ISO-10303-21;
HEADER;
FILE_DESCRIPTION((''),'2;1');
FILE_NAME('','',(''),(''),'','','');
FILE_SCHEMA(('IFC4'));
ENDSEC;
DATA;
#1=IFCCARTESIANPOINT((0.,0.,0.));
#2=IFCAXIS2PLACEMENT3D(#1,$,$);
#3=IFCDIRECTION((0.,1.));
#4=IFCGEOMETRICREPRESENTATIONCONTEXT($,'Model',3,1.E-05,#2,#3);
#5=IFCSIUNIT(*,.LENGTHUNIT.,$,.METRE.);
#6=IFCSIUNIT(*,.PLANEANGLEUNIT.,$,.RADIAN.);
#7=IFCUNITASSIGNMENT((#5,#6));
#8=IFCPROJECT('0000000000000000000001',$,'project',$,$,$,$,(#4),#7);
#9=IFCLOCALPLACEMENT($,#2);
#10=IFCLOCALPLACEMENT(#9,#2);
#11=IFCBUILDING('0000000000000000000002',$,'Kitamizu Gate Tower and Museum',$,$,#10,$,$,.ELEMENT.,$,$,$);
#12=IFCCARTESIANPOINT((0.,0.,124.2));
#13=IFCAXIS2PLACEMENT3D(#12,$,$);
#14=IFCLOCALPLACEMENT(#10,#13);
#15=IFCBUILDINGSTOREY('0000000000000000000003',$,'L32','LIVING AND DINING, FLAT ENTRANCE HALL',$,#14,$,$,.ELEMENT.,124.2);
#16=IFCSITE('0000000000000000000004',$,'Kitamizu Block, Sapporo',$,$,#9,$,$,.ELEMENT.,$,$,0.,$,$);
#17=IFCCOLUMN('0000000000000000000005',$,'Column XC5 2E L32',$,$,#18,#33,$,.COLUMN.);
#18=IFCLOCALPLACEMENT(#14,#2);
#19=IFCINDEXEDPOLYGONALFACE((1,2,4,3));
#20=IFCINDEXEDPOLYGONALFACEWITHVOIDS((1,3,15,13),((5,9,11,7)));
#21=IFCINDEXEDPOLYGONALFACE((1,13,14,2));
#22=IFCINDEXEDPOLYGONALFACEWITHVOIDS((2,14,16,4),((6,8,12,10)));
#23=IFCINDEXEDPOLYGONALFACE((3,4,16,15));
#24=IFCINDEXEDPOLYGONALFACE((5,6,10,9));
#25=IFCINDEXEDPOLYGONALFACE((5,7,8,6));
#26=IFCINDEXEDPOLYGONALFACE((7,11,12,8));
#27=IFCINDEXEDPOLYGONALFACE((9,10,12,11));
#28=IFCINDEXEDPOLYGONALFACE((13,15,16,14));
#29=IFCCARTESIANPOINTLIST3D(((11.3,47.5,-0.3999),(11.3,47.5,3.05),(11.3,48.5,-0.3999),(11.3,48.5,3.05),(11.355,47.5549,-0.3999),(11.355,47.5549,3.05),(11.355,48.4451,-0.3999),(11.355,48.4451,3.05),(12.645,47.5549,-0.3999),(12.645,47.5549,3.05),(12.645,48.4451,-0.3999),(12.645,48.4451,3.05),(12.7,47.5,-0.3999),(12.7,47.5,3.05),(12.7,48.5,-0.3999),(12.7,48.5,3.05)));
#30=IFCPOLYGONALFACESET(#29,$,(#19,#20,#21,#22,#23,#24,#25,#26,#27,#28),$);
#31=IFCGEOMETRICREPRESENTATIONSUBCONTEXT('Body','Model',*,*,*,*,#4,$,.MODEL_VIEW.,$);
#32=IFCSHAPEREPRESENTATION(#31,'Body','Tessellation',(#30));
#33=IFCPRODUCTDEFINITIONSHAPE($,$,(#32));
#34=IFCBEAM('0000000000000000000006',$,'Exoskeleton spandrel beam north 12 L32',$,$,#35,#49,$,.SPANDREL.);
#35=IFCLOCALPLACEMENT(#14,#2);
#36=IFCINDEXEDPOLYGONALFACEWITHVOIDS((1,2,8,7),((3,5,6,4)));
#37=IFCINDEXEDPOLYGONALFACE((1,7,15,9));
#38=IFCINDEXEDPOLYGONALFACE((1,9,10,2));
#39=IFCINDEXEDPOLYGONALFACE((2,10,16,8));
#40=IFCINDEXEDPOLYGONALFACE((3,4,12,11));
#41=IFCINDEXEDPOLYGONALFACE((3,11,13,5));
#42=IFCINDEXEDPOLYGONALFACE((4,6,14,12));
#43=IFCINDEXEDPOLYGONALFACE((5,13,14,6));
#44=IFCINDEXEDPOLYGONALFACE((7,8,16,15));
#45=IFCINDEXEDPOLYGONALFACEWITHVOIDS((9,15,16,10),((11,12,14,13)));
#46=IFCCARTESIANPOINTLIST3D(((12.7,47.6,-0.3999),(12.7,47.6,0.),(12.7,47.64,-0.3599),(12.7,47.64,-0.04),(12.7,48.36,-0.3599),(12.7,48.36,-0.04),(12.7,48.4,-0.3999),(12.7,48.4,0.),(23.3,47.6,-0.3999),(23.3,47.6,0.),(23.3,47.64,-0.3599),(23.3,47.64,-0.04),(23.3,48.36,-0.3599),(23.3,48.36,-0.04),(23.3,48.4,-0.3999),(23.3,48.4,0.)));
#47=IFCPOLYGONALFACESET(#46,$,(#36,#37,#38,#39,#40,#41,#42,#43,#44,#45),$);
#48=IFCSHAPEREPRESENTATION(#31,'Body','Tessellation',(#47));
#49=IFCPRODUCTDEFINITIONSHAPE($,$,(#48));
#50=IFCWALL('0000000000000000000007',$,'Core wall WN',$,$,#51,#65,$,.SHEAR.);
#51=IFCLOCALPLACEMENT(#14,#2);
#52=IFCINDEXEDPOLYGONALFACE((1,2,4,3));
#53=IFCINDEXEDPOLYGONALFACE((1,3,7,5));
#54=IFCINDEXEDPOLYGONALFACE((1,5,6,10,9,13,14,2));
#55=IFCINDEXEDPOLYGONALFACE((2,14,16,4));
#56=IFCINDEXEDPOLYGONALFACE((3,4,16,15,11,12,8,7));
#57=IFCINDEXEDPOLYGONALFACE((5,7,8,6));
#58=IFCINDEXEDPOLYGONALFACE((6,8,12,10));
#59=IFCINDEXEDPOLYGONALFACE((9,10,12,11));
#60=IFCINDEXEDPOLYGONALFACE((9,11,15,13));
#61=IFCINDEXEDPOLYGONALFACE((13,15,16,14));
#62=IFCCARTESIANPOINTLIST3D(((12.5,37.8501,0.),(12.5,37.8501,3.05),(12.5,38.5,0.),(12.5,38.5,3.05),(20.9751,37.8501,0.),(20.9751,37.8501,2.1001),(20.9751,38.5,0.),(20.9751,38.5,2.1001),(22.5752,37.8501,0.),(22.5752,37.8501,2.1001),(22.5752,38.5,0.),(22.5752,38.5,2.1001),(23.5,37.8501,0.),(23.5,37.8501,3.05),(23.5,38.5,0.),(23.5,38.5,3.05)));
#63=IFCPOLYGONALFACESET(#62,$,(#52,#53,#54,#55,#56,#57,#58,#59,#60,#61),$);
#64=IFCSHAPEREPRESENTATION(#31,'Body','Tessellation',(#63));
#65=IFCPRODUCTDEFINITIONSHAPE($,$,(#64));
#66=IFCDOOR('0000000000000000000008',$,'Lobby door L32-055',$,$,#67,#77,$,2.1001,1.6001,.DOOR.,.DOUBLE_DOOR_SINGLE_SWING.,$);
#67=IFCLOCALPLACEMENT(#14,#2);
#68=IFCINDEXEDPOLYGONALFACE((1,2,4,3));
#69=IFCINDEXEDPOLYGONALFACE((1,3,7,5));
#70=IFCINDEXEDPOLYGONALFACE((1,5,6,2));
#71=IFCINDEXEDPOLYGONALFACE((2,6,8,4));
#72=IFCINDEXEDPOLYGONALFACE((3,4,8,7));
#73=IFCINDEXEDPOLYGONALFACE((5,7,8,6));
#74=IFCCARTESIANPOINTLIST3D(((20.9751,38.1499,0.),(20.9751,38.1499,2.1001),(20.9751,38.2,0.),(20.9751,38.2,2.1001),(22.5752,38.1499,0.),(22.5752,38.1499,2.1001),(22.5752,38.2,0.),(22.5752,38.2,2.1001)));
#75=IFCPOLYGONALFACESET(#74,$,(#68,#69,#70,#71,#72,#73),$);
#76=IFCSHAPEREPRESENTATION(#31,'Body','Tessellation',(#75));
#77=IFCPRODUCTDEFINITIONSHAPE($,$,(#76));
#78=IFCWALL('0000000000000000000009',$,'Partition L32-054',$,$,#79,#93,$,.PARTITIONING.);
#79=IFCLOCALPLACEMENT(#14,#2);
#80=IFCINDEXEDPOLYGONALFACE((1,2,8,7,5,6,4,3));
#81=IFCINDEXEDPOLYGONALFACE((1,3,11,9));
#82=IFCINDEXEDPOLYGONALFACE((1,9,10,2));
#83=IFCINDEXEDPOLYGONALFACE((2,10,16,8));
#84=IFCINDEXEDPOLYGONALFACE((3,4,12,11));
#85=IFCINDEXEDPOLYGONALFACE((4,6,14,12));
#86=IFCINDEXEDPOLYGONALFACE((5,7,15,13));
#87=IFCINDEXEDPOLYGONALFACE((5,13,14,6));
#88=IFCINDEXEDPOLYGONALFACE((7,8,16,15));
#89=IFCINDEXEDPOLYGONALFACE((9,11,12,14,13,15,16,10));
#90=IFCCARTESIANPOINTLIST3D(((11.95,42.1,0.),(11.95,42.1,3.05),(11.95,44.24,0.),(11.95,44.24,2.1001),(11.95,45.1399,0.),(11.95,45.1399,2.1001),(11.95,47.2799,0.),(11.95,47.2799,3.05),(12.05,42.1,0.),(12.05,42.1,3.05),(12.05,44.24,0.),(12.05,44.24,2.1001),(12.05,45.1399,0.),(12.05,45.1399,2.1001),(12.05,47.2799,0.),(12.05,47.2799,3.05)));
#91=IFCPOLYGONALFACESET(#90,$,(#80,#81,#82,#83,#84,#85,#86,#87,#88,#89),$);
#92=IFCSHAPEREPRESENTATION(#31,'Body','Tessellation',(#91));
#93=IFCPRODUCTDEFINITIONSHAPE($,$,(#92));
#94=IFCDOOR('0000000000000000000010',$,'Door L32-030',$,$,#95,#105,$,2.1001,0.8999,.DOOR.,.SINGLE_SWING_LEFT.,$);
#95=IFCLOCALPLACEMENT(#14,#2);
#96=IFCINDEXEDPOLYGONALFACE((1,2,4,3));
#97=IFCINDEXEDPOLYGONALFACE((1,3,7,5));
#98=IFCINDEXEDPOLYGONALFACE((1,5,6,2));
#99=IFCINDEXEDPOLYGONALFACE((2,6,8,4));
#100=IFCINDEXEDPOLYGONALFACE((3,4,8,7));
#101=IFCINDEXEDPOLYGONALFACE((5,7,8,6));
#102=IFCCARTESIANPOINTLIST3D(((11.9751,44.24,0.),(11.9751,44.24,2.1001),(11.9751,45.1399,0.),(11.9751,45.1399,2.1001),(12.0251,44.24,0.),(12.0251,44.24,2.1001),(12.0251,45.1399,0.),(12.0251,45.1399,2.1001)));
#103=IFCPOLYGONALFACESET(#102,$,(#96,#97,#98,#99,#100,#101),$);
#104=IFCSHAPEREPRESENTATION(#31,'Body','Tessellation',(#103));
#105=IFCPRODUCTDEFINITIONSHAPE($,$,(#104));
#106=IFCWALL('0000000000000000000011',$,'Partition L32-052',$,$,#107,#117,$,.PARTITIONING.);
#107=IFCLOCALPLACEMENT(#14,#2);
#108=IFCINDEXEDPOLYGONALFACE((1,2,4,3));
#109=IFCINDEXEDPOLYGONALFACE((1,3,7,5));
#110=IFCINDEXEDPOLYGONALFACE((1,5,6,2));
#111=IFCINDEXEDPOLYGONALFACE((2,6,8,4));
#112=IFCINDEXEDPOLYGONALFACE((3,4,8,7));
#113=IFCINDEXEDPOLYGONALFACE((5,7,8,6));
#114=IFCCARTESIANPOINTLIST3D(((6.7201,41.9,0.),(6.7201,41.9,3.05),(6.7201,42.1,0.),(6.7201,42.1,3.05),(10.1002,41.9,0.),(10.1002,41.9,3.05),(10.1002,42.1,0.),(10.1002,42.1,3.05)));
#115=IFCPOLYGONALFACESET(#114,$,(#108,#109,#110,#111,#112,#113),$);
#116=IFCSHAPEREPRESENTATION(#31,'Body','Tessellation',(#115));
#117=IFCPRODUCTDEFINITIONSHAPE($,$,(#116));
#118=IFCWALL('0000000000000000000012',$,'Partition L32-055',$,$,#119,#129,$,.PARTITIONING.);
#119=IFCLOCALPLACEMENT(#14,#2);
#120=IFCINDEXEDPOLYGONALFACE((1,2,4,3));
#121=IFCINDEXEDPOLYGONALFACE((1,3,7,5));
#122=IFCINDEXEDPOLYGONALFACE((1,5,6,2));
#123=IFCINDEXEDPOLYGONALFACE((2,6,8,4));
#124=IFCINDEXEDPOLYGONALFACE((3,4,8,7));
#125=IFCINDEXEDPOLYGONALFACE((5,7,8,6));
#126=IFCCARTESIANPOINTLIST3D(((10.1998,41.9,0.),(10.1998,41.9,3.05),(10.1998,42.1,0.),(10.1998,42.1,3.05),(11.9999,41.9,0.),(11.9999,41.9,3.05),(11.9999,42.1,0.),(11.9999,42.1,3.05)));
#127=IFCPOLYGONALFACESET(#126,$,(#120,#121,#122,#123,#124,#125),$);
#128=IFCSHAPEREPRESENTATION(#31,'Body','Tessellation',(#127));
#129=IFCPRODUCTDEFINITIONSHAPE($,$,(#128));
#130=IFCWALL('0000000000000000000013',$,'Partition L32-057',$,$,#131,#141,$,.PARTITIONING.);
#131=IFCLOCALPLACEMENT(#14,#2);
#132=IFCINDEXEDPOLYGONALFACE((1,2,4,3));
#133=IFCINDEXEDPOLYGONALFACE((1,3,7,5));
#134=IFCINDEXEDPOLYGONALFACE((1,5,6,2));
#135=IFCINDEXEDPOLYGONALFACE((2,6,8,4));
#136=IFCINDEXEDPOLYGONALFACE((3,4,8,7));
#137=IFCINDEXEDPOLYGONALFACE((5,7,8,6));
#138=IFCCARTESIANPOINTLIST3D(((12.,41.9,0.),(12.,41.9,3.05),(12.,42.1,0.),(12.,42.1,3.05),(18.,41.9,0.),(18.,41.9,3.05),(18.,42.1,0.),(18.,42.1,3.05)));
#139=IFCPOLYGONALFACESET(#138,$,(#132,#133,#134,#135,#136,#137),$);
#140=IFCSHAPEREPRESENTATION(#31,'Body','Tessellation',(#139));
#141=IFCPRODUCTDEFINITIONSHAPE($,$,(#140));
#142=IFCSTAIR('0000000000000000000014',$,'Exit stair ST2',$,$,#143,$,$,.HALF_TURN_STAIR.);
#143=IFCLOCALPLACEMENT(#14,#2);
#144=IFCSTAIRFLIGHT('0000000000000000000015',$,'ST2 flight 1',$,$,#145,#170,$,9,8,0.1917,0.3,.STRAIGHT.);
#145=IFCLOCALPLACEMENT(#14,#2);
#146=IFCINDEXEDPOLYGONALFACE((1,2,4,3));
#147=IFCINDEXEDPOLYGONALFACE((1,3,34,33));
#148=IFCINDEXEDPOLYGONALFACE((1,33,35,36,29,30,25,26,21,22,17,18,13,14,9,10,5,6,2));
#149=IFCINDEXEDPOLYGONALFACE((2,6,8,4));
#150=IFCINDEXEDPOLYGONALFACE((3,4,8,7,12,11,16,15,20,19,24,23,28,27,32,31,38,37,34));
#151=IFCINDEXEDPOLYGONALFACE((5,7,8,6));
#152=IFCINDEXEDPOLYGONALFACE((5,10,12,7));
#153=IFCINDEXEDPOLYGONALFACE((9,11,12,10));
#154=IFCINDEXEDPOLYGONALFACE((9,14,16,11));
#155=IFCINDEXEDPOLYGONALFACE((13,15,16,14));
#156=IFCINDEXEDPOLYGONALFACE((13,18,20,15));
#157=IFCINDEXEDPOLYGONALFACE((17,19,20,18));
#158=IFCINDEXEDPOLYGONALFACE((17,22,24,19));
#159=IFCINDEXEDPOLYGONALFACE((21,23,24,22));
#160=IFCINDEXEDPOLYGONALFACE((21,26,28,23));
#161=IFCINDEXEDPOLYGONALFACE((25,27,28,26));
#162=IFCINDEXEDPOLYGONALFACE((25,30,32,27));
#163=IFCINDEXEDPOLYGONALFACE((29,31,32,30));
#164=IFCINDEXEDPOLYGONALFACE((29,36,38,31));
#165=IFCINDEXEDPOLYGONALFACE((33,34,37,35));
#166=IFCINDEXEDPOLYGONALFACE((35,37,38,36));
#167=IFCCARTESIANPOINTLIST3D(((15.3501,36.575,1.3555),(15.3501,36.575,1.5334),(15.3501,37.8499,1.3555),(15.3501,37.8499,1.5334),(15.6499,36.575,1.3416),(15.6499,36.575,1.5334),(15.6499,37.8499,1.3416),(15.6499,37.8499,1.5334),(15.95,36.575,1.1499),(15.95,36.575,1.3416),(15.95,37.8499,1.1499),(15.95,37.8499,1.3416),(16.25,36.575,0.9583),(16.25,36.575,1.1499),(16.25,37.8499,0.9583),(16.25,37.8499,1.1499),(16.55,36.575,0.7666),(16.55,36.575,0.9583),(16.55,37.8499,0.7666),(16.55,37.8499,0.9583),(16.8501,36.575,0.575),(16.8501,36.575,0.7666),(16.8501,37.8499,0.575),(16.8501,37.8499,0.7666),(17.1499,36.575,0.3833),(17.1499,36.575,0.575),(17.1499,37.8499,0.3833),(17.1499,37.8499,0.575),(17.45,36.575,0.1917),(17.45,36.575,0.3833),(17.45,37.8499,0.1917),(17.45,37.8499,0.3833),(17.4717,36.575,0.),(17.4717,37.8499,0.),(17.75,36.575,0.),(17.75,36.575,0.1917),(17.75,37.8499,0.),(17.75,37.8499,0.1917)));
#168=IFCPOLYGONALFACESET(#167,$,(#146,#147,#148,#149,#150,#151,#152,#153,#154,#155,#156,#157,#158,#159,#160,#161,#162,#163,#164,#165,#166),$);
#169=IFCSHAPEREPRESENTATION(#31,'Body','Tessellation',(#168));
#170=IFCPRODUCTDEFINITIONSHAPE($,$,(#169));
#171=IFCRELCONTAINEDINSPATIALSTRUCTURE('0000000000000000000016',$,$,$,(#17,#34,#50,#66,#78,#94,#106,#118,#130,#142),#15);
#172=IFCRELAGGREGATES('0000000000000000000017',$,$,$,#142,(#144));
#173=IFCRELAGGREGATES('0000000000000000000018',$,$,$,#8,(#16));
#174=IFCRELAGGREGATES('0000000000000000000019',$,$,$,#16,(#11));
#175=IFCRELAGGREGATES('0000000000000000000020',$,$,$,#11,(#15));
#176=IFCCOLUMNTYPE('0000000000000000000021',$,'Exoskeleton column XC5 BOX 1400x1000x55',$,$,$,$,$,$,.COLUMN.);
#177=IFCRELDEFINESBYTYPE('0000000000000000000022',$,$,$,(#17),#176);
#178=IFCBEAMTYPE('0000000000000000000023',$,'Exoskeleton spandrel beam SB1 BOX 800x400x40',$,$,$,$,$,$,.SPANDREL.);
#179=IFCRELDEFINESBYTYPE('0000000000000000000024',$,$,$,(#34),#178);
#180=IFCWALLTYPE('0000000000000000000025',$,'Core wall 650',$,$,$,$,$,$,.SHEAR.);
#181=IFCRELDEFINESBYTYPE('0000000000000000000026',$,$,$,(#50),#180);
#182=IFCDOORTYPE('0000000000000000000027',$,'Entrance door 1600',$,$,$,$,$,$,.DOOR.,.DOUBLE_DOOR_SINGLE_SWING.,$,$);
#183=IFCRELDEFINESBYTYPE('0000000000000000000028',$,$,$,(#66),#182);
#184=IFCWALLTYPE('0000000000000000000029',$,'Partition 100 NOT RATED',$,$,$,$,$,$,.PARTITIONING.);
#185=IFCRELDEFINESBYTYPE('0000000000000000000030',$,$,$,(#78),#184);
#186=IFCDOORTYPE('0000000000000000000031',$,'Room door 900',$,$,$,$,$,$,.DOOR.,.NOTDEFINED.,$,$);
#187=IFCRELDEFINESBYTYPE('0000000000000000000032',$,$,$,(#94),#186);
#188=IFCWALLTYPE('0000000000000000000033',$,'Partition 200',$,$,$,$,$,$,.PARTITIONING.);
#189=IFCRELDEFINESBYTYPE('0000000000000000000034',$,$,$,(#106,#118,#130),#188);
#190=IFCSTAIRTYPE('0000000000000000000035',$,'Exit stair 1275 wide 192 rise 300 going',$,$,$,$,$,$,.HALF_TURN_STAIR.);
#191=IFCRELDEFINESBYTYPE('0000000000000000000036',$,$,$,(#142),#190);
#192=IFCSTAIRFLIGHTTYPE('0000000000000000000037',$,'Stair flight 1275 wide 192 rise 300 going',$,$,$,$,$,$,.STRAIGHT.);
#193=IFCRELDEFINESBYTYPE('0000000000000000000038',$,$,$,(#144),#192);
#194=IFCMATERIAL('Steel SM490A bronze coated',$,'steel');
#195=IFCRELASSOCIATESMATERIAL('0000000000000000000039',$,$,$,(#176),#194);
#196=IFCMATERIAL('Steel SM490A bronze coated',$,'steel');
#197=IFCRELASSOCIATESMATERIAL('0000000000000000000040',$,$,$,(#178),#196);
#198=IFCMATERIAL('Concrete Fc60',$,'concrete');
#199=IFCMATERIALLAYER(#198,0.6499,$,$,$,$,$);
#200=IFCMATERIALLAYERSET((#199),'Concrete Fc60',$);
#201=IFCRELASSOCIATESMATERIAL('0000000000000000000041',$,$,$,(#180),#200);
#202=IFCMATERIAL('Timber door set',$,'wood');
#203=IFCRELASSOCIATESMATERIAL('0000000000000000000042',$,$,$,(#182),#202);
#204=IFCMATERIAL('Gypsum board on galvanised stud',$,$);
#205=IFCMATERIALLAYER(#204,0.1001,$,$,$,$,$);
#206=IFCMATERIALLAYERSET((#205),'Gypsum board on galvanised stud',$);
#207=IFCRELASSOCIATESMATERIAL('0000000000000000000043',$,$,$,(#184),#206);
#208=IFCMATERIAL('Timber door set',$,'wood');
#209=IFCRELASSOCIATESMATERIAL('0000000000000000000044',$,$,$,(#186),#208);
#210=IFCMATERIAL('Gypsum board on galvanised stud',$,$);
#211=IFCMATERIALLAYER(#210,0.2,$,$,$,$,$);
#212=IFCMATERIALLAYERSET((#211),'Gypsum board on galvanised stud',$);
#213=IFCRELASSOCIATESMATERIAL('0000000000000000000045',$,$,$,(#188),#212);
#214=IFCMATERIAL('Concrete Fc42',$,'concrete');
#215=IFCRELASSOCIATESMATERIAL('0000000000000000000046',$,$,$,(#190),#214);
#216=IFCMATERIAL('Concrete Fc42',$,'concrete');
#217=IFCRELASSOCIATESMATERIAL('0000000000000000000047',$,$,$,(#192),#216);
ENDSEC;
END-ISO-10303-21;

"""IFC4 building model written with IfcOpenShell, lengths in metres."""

from ifc_helpers import new_model, si_unit, direction, frame, frame_2d, origin, origin_2d, place, context, subcontext, project, spatial, polyline, rectangle, hollow_rectangle, outline, extrude, material, layer, layer_set, material_profile, profile_set, type_object, element, fill, aggregate, save


model = new_model("IFC4")

# Units and contexts
model_context = context("Model", 3, precision=1e-05, world=origin(), true_north=direction((0.0, 1.0)))
body_context = subcontext(model_context, "Body", "Model", "MODEL_VIEW")
ifc_project = project(units=[si_unit("LENGTHUNIT", "METRE"), si_unit("PLANEANGLEUNIT", "RADIAN")], contexts=[model_context])

# Site, building, storey
site_placement = place(None, origin())
site = spatial("IfcSite", under=ifc_project, at=site_placement, Name="Kitamizu Block, Sapporo", CompositionType="ELEMENT", RefElevation=0.0)
building_placement = place(site_placement, origin())
building = spatial("IfcBuilding", under=site, at=building_placement, Name="Kitamizu Gate Tower and Museum", CompositionType="ELEMENT")
storey_placement = place(building_placement, frame((0.0, 0.0, 124.2)))
storey = spatial("IfcBuildingStorey", under=building, at=storey_placement, Name="L32", Description="LIVING AND DINING, FLAT ENTRANCE HALL", CompositionType="ELEMENT", Elevation=124.2)

# Column
ifc_material_1 = material(Name="Steel SM490A bronze coated", Category="steel")
ifc_material_profile_1 = material_profile(ifc_material_1, hollow_rectangle(XDim=1.3999, YDim=1.0, WallThickness=0.0549, at=origin_2d()), Name="BOX 1400x1000x55")
ifc_profile_set_1 = profile_set([ifc_material_profile_1], Name="Steel SM490A bronze coated")
column_type = type_object("IfcColumnType", Name="Exoskeleton column XC5 BOX 1400x1000x55", PredefinedType="COLUMN", material=ifc_profile_set_1)
column_placement = place(storey_placement, frame((12.0, 48.0, -0.3999), z_axis=(0.0, 0.0, 1.0), x_axis=(1.0, 0.0, 0.0)))
element("IfcColumn", 1, at=column_placement, inside=storey, type_object=column_type, Name="Column XC5 2E L32", PredefinedType="COLUMN", context=body_context, shape_type="SweptSolid", body=[
    extrude(hollow_rectangle(XDim=1.3999, YDim=1.0, WallThickness=0.0549, at=origin_2d()), origin(), (0.0, 0.0, 1.0), 3.45),
])

# Beam
ifc_material_2 = material(Name="Steel SM490A bronze coated", Category="steel")
ifc_material_profile_2 = material_profile(ifc_material_2, hollow_rectangle(XDim=0.8, YDim=0.3999, WallThickness=0.04, at=origin_2d()), Name="BOX 800x400x40")
ifc_profile_set_2 = profile_set([ifc_material_profile_2], Name="Steel SM490A bronze coated")
beam_type = type_object("IfcBeamType", Name="Exoskeleton spandrel beam SB1 BOX 800x400x40", PredefinedType="SPANDREL", material=ifc_profile_set_2)
beam_placement = place(storey_placement, frame((12.7, 48.0, -0.2), z_axis=(1.0, 0.0, 0.0), x_axis=(0.0, 1.0, 0.0)))
element("IfcBeam", 2, at=beam_placement, inside=storey, type_object=beam_type, Name="Exoskeleton spandrel beam north 12 L32", PredefinedType="SPANDREL", context=body_context, shape_type="SweptSolid", body=[
    extrude(hollow_rectangle(XDim=0.8, YDim=0.3999, WallThickness=0.04, at=origin_2d()), origin(), (0.0, 0.0, 1.0), 10.6001),
])

# Walls, openings, doors
ifc_material_3 = material(Name="Concrete Fc60", Category="concrete")
ifc_layer_1 = layer(ifc_material_3, 0.6499)
ifc_layer_set_1 = layer_set([ifc_layer_1], Name="Concrete Fc60")
wall_type_1 = type_object("IfcWallType", Name="Core wall 650", PredefinedType="SHEAR", material=ifc_layer_set_1)
wall_1_placement = place(storey_placement, frame((12.5, 38.175, 0.0), z_axis=(0.0, 0.0, 1.0), x_axis=(1.0, 0.0, 0.0)))
wall_1 = element("IfcWall", 3, at=wall_1_placement, inside=storey, type_object=wall_type_1, Name="Core wall WN", PredefinedType="SHEAR", context=body_context, shape_type="SweptSolid", body=[
    extrude(rectangle(XDim=11.0, YDim=0.6499, at=frame_2d((5.5, 0.0))), origin(), (0.0, 0.0, 1.0), 3.05),
])
opening_1_placement = place(wall_1_placement, frame((8.4751, 0.0, 0.0)))
opening_1 = element("IfcOpeningElement", 4, at=opening_1_placement, cuts=wall_1, PredefinedType="OPENING", context=body_context, shape_type="SweptSolid", body=[
    extrude(rectangle(XDim=1.6001, YDim=2.1001, at=frame_2d((0.8, 1.05))), frame((0.0, 0.335, 0.0), z_axis=(0.0, -1.0, 0.0), x_axis=(1.0, 0.0, 0.0)), (0.0, 0.0, 1.0), 0.6699),
])
ifc_material_4 = material(Name="Timber door set", Category="wood")
door_type_1 = type_object("IfcDoorType", Name="Entrance door 1600", OperationType="DOUBLE_DOOR_SINGLE_SWING", PredefinedType="DOOR", material=ifc_material_4)
door_1_placement = place(opening_1_placement, origin())
door_1 = element("IfcDoor", 5, at=door_1_placement, inside=storey, type_object=door_type_1, Name="Lobby door L32-055", OperationType="DOUBLE_DOOR_SINGLE_SWING", OverallHeight=2.1001, OverallWidth=1.6001, PredefinedType="DOOR", context=body_context, shape_type="SweptSolid", body=[
    extrude(rectangle(XDim=1.6001, YDim=2.1001, at=frame_2d((0.8, 1.05))), frame((0.0, 0.0249, 0.0), z_axis=(0.0, -1.0, 0.0), x_axis=(1.0, 0.0, 0.0)), (0.0, 0.0, 1.0), 0.05),
])
fill(opening_1, door_1)
ifc_material_5 = material(Name="Gypsum board on galvanised stud")
ifc_layer_2 = layer(ifc_material_5, 0.1001)
ifc_layer_set_2 = layer_set([ifc_layer_2], Name="Gypsum board on galvanised stud")
wall_type_2 = type_object("IfcWallType", Name="Partition 100 NOT RATED", PredefinedType="PARTITIONING", material=ifc_layer_set_2)
wall_2_placement = place(storey_placement, frame((12.0, 42.1001, 0.0), z_axis=(0.0, 0.0, 1.0), x_axis=(0.0, 1.0, 0.0)))
wall_2 = element("IfcWall", 6, at=wall_2_placement, inside=storey, type_object=wall_type_2, Name="Partition L32-054", PredefinedType="PARTITIONING", context=body_context, shape_type="SweptSolid", body=[
    extrude(rectangle(XDim=5.1799, YDim=0.1001, at=frame_2d((2.5898, 0.0))), origin(), (0.0, 0.0, 1.0), 3.05),
])
opening_2_placement = place(wall_2_placement, frame((2.1399, 0.0, 0.0)))
opening_2 = element("IfcOpeningElement", 7, at=opening_2_placement, cuts=wall_2, PredefinedType="OPENING", context=body_context, shape_type="SweptSolid", body=[
    extrude(rectangle(XDim=0.8999, YDim=2.1001, at=frame_2d((0.45, 1.05))), frame((0.0, 0.0601, 0.0), z_axis=(0.0, -1.0, 0.0), x_axis=(1.0, 0.0, 0.0)), (0.0, 0.0, 1.0), 0.1201),
])
ifc_material_6 = material(Name="Timber door set", Category="wood")
door_type_2 = type_object("IfcDoorType", Name="Room door 900", OperationType="NOTDEFINED", PredefinedType="DOOR", material=ifc_material_6)
door_2_placement = place(opening_2_placement, origin())
door_2 = element("IfcDoor", 8, at=door_2_placement, inside=storey, type_object=door_type_2, Name="Door L32-030", OperationType="SINGLE_SWING_LEFT", OverallHeight=2.1001, OverallWidth=0.8999, PredefinedType="DOOR", context=body_context, shape_type="SweptSolid", body=[
    extrude(rectangle(XDim=0.8999, YDim=2.1001, at=frame_2d((0.45, 1.05))), frame((0.0, 0.0249, 0.0), z_axis=(0.0, -1.0, 0.0), x_axis=(1.0, 0.0, 0.0)), (0.0, 0.0, 1.0), 0.05),
])
fill(opening_2, door_2)

# Walls
ifc_material_7 = material(Name="Gypsum board on galvanised stud")
ifc_layer_3 = layer(ifc_material_7, 0.2)
ifc_layer_set_3 = layer_set([ifc_layer_3], Name="Gypsum board on galvanised stud")
wall_type_3 = type_object("IfcWallType", Name="Partition 200", PredefinedType="PARTITIONING", material=ifc_layer_set_3)
wall_3_placement = place(storey_placement, frame((10.1001, 42.0, 0.0), z_axis=(0.0, 0.0, 1.0), x_axis=(-1.0, 0.0, 0.0)))
element("IfcWall", 9, at=wall_3_placement, inside=storey, type_object=wall_type_3, Name="Partition L32-052", PredefinedType="PARTITIONING", context=body_context, shape_type="SweptSolid", body=[
    extrude(rectangle(XDim=3.3801, YDim=0.2, at=frame_2d((1.6899, 0.0))), origin(), (0.0, 0.0, 1.0), 3.05),
])
wall_4_placement = place(storey_placement, frame((10.2, 42.0, 0.0), z_axis=(0.0, 0.0, 1.0), x_axis=(1.0, 0.0, 0.0)))
element("IfcWall", 10, at=wall_4_placement, inside=storey, type_object=wall_type_3, Name="Partition L32-055", PredefinedType="PARTITIONING", context=body_context, shape_type="SweptSolid", body=[
    extrude(rectangle(XDim=1.8, YDim=0.2, at=frame_2d((0.8999, 0.0))), origin(), (0.0, 0.0, 1.0), 3.05),
])
wall_5_placement = place(storey_placement, frame((12.0, 42.0, 0.0), z_axis=(0.0, 0.0, 1.0), x_axis=(1.0, 0.0, 0.0)))
element("IfcWall", 11, at=wall_5_placement, inside=storey, type_object=wall_type_3, Name="Partition L32-057", PredefinedType="PARTITIONING", context=body_context, shape_type="SweptSolid", body=[
    extrude(rectangle(XDim=6.0, YDim=0.2, at=frame_2d((3.0, 0.0))), origin(), (0.0, 0.0, 1.0), 3.05),
])

# Stair, stair flight
ifc_material_8 = material(Name="Concrete Fc42", Category="concrete")
stair_type = type_object("IfcStairType", Name="Exit stair 1275 wide 192 rise 300 going", PredefinedType="HALF_TURN_STAIR", material=ifc_material_8)
stair_placement = place(storey_placement, origin())
stair = element("IfcStair", 12, at=stair_placement, inside=storey, type_object=stair_type, Name="Exit stair ST2", PredefinedType="HALF_TURN_STAIR")
ifc_material_9 = material(Name="Concrete Fc42", Category="concrete")
stair_flight_type = type_object("IfcStairFlightType", Name="Stair flight 1275 wide 192 rise 300 going", PredefinedType="STRAIGHT", material=ifc_material_9)
stair_flight_placement = place(storey_placement, frame((17.75, 37.2124, 0.0), z_axis=(0.0, 0.0, 1.0), x_axis=(-1.0, 0.0, 0.0)))
stair_flight = element("IfcStairFlight", 13, at=stair_flight_placement, type_object=stair_flight_type, Name="ST2 flight 1", NumberOfRisers=9, NumberOfTreads=8, PredefinedType="STRAIGHT", RiserHeight=0.1917, TreadLength=0.3, context=body_context, shape_type="SweptSolid", body=[
    extrude(outline(polyline([(0.0, 0.0), (0.0, 0.1917), (0.3, 0.1917), (0.3, 0.3833), (0.6001, 0.3833), (0.6001, 0.575), (0.8999, 0.575), (0.8999, 0.7666), (1.2, 0.7666), (1.2, 0.9583), (1.5, 0.9583), (1.5, 1.1499), (1.8, 1.1499), (1.8, 1.3416), (2.1001, 1.3416), (2.1001, 1.5334), (2.3999, 1.5334), (2.3999, 1.7251), (2.3999, 1.3555), (0.2783, 0.0), (0.0, 0.0)])), frame((0.0, 0.6375, 0.0), z_axis=(0.0, -1.0, 0.0), x_axis=(1.0, 0.0, 0.0)), (0.0, 0.0, 1.0), 1.2749),
])
aggregate(stair, [stair_flight])

save(model, "model.ifc")
